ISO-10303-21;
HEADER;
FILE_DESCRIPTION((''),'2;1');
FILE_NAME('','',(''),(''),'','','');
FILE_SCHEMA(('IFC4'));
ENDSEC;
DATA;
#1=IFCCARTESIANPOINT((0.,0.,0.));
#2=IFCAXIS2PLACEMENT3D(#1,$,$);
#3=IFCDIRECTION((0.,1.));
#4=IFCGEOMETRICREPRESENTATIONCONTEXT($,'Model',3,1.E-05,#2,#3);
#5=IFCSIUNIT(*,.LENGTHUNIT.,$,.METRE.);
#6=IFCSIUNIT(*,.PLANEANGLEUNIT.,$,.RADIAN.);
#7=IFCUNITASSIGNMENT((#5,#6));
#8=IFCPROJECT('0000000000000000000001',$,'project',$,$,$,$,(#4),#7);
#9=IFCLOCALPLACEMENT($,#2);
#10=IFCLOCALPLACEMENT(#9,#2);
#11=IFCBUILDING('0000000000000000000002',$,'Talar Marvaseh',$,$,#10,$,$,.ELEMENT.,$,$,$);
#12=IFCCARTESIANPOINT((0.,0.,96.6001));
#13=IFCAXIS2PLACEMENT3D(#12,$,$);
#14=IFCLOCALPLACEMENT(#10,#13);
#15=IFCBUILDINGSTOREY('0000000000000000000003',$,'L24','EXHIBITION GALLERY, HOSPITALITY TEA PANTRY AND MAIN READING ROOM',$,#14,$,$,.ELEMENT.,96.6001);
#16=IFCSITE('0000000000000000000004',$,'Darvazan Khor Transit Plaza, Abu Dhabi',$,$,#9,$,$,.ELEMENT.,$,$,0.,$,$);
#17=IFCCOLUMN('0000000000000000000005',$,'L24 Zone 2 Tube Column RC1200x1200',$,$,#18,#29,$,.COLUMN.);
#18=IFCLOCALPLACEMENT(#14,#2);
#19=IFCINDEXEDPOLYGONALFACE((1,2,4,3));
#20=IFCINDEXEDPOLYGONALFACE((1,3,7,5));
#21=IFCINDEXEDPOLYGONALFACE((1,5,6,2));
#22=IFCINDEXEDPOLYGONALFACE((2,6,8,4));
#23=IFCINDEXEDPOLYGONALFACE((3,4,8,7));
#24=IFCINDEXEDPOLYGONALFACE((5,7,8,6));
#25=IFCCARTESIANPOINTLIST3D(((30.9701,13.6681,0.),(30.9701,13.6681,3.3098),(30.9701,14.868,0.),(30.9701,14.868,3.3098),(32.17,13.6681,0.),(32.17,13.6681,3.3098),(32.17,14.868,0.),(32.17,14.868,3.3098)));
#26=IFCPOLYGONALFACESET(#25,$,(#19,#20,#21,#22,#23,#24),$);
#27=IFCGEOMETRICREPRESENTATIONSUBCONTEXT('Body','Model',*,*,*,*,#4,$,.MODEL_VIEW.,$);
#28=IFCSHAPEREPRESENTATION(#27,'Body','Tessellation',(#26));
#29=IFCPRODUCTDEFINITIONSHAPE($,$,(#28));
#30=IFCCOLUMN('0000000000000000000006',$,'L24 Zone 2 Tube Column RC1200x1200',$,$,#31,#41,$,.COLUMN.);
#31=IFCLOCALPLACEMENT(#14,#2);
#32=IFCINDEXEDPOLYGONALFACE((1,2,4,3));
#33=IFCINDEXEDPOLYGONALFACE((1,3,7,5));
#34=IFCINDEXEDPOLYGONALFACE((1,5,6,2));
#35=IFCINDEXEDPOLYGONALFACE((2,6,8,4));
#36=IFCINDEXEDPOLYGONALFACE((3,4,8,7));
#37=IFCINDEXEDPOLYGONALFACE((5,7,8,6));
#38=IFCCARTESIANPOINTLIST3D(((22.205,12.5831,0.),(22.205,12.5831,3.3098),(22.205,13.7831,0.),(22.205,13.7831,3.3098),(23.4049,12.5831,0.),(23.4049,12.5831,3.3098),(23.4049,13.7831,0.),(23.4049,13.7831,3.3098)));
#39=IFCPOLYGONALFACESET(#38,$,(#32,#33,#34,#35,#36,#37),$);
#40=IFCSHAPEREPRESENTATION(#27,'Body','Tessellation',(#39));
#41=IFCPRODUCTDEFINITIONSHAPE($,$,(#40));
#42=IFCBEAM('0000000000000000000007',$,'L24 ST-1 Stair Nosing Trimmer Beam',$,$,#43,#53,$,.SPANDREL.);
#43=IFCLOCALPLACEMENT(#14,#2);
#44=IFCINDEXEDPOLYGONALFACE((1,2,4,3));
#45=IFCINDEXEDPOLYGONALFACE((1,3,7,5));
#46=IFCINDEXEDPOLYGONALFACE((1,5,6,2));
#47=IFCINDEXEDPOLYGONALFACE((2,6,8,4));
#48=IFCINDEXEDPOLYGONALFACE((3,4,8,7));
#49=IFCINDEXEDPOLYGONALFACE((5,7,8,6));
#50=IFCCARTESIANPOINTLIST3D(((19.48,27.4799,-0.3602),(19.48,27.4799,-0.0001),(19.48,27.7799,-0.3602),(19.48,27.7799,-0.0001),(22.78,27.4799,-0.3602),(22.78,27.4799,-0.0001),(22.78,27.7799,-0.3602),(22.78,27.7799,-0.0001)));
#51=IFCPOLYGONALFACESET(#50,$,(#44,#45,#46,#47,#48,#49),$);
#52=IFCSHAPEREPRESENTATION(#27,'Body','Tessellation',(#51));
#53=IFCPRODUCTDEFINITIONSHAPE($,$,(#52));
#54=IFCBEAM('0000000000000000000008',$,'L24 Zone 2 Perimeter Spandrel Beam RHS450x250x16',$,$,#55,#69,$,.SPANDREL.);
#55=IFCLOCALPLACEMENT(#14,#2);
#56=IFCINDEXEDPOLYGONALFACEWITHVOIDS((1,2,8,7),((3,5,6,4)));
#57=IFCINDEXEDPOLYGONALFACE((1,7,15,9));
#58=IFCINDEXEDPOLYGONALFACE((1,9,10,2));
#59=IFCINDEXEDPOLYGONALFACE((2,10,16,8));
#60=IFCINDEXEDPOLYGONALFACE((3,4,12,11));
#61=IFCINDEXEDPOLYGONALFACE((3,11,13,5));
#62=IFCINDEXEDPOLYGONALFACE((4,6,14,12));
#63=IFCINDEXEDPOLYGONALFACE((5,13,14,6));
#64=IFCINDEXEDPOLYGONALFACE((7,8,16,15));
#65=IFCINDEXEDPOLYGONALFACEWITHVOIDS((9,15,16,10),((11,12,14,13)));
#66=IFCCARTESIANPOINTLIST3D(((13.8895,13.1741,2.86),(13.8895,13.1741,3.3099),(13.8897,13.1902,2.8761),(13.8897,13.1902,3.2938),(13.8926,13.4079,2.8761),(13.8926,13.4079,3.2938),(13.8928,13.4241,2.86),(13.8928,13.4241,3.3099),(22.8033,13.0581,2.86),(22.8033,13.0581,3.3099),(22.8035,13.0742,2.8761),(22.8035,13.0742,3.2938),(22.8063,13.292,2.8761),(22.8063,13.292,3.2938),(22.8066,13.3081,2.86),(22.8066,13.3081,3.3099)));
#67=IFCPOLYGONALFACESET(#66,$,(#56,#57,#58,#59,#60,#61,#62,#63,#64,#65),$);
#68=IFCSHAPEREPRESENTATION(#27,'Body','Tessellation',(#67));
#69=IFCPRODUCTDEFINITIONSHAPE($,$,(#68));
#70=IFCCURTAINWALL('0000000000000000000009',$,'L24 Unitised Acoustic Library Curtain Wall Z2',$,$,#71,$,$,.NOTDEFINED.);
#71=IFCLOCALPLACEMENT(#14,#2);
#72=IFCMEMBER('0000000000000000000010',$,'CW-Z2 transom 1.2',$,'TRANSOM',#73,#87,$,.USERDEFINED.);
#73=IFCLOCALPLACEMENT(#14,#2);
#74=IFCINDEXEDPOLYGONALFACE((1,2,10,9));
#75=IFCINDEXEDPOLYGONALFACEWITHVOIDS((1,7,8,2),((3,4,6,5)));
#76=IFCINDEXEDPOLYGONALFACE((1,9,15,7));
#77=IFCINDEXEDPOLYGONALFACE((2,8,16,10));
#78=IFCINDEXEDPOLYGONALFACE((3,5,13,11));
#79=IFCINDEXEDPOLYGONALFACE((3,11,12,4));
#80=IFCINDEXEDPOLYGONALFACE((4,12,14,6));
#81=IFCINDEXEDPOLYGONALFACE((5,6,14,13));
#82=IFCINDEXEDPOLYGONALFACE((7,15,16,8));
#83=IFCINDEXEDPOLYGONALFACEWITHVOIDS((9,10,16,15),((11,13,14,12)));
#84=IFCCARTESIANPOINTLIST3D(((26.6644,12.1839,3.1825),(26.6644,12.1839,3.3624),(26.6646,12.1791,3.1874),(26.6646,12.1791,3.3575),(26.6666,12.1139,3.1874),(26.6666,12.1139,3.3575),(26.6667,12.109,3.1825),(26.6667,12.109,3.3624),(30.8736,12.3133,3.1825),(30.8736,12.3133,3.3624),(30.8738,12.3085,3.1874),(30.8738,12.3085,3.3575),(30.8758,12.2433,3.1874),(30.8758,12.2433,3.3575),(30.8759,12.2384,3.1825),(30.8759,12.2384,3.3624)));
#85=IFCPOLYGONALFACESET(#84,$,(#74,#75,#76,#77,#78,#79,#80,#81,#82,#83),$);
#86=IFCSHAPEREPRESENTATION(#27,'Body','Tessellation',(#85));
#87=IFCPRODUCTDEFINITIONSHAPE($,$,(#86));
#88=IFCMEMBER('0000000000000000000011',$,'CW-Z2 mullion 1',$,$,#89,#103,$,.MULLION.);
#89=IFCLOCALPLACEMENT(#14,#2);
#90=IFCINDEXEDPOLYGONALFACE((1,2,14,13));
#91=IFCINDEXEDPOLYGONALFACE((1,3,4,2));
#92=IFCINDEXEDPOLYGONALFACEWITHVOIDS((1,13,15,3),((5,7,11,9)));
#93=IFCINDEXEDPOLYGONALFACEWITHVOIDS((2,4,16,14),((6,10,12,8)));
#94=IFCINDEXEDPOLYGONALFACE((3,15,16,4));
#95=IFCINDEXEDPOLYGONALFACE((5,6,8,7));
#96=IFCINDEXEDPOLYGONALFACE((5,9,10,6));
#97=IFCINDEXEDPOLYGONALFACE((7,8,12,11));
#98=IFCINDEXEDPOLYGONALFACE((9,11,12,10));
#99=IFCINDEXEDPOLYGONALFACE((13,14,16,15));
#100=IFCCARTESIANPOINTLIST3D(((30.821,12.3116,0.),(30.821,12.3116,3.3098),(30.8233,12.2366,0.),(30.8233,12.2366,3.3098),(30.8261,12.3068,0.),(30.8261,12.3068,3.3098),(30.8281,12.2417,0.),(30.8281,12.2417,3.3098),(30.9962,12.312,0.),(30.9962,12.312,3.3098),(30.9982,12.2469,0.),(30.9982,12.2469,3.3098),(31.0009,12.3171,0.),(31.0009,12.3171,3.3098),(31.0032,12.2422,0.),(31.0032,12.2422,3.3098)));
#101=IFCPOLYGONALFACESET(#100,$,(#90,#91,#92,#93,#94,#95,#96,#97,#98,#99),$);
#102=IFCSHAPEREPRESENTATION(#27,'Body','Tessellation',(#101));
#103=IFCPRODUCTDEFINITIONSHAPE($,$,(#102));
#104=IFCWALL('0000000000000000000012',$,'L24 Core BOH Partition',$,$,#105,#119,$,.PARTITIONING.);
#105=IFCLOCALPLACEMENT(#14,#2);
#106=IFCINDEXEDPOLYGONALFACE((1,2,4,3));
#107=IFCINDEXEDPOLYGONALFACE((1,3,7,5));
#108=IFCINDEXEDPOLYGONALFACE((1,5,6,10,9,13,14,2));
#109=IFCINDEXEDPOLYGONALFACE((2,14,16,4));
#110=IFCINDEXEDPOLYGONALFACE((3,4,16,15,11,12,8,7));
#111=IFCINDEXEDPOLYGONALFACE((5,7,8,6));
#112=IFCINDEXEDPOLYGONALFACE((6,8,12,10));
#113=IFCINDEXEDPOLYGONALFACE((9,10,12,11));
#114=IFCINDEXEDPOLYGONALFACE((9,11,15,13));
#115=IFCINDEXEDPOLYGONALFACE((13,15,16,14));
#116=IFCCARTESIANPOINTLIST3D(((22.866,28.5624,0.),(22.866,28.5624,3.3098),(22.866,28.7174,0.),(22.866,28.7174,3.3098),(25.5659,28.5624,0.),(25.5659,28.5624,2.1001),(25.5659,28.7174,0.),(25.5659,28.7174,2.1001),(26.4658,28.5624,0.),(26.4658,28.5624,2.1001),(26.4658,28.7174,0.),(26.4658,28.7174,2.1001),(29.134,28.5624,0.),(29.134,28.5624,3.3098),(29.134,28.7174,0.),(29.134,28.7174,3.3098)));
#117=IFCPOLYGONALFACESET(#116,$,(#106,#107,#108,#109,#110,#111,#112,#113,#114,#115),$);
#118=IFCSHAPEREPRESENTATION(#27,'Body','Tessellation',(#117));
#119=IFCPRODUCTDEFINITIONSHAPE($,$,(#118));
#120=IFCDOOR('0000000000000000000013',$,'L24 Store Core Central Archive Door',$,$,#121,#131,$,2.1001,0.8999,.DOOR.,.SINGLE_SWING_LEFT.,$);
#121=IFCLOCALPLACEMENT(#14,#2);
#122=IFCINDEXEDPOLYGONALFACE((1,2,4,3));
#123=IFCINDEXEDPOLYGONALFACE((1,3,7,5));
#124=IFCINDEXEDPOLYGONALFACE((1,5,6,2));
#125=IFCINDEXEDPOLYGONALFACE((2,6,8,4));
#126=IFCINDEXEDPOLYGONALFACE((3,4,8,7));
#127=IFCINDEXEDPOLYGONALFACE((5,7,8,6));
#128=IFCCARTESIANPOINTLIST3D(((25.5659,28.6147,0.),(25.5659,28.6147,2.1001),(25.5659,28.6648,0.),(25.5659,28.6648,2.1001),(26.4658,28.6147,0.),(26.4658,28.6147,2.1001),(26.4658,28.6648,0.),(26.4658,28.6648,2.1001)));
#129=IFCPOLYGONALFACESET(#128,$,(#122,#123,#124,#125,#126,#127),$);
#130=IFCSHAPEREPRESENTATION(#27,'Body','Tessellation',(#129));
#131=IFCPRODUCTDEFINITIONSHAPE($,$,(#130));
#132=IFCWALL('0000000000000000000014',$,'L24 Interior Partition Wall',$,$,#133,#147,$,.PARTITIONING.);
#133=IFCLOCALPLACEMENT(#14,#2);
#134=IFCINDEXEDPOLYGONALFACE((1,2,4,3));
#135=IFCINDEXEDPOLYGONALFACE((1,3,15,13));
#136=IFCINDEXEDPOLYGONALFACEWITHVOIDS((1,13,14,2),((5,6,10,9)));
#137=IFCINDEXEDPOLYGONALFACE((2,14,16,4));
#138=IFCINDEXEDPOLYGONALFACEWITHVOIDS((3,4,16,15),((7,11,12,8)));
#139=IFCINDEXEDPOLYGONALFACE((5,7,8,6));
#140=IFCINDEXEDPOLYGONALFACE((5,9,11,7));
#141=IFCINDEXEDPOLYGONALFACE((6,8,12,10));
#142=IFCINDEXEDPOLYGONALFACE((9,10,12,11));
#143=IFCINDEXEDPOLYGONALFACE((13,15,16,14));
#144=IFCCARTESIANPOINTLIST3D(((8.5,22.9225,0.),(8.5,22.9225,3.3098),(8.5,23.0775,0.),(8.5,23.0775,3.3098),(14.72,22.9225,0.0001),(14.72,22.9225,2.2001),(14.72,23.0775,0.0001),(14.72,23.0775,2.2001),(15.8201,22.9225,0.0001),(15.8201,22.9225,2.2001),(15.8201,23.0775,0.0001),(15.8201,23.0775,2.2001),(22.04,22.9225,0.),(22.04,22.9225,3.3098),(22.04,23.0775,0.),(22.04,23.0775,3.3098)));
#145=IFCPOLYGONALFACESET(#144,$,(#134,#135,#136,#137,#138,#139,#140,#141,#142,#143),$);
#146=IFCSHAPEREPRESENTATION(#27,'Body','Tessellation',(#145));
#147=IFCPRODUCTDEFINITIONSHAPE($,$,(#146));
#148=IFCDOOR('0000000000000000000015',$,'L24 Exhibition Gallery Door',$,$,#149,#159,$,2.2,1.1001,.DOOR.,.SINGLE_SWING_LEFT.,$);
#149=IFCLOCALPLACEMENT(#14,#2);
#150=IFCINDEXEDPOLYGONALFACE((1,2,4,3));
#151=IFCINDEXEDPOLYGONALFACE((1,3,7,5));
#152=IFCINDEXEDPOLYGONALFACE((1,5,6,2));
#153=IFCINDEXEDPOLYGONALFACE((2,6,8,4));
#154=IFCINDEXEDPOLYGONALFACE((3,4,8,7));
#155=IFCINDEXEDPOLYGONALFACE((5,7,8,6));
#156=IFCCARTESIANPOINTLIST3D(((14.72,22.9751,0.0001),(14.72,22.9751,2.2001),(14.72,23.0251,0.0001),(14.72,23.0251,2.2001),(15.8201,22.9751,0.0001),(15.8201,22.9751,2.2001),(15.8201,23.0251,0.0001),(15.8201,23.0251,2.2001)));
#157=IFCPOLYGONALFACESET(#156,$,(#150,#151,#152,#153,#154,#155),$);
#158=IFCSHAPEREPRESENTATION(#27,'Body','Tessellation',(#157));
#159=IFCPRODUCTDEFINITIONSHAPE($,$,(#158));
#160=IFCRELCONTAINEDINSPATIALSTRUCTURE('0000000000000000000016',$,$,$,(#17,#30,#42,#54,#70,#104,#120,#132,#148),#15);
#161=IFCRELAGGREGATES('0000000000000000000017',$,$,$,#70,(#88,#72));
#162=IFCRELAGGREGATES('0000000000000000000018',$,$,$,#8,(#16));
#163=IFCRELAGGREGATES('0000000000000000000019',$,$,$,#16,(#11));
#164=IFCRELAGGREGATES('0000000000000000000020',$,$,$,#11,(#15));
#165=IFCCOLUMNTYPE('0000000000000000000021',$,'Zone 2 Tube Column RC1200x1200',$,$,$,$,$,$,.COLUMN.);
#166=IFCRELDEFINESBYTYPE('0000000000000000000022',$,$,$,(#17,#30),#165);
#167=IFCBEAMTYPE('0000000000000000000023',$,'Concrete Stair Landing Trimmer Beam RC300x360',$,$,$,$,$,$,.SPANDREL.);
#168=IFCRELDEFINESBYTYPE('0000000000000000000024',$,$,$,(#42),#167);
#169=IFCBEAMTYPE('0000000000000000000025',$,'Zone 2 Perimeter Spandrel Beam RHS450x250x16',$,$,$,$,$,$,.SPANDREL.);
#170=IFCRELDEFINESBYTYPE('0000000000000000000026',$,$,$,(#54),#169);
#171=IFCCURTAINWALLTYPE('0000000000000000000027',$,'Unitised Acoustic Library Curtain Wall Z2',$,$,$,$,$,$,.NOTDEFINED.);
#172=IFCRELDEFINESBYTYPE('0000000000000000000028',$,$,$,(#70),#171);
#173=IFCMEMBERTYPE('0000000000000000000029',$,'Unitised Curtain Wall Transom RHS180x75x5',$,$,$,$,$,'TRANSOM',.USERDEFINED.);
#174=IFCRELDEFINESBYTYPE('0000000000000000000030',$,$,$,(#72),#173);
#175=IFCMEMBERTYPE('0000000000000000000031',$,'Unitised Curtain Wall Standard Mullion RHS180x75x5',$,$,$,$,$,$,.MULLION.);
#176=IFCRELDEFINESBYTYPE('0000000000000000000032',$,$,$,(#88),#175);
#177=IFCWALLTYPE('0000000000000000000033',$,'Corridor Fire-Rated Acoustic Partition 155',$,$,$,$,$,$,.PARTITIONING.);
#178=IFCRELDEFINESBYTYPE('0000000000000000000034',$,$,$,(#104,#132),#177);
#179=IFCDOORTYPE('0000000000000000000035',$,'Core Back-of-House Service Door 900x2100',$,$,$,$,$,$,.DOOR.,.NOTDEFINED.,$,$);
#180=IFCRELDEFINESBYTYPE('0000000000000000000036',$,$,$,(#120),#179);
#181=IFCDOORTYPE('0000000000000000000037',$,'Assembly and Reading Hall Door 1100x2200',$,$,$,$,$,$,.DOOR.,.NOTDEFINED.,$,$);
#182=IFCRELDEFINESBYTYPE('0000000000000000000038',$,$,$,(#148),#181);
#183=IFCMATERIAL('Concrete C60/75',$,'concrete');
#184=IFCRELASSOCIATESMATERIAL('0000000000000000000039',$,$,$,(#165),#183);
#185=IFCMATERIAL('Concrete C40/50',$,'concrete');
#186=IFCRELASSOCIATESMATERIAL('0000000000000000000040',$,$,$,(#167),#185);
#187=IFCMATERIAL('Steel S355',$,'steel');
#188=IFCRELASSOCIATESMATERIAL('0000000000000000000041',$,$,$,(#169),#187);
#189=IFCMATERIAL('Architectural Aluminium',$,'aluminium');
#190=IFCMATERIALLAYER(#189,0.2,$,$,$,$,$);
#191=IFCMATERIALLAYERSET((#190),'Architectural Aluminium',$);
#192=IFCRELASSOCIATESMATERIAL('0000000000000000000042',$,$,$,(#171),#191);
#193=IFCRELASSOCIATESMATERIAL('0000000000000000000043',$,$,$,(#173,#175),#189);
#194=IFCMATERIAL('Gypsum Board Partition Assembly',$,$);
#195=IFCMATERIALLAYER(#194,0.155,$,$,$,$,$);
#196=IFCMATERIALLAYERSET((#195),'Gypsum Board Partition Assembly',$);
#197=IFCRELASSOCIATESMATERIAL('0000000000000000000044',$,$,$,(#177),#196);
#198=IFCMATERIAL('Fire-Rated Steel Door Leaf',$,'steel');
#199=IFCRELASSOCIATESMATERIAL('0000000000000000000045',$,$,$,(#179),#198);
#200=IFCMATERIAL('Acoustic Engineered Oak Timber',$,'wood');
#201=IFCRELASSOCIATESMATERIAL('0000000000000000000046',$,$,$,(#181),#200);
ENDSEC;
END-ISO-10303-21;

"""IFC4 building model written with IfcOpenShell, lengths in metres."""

from ifc_helpers import new_model, si_unit, direction, frame, frame_2d, origin, origin_2d, place, context, subcontext, project, spatial, rectangle, hollow_rectangle, extrude, source, transform, mapped, material, layer, layer_set, material_profile, profile_set, type_object, type_shapes, element, fill, aggregate, save


model = new_model("IFC4")

# Units and contexts
model_context = context("Model", 3, precision=1e-05, world=origin(), true_north=direction((0.0, 1.0)))
body_context = subcontext(model_context, "Body", "Model", "MODEL_VIEW")
ifc_project = project(units=[si_unit("LENGTHUNIT", "METRE"), si_unit("PLANEANGLEUNIT", "RADIAN")], contexts=[model_context])

# Site, building, storey
site_placement = place(None, origin())
site = spatial("IfcSite", under=ifc_project, at=site_placement, Name="Darvazan Khor Transit Plaza, Abu Dhabi", CompositionType="ELEMENT", RefElevation=0.0)
building_placement = place(site_placement, origin())
building = spatial("IfcBuilding", under=site, at=building_placement, Name="Talar Marvaseh", CompositionType="ELEMENT")
storey_placement = place(building_placement, frame((0.0, 0.0, 96.6001)))
storey = spatial("IfcBuildingStorey", under=building, at=storey_placement, Name="L24", Description="EXHIBITION GALLERY, HOSPITALITY TEA PANTRY AND MAIN READING ROOM", CompositionType="ELEMENT", Elevation=96.6001)

# Columns
ifc_material_1 = material(Name="Concrete C60/75", Category="concrete")
ifc_material_profile_1 = material_profile(ifc_material_1, rectangle(XDim=1.2, YDim=1.2, at=origin_2d()), Name="RC1200x1200")
ifc_profile_set_1 = profile_set([ifc_material_profile_1], Name="Concrete C60/75")
column_type = type_object("IfcColumnType", Name="Zone 2 Tube Column RC1200x1200", PredefinedType="COLUMN", material=ifc_profile_set_1)
for number, where, z_axis, x_axis, name in (
    (1, (31.5701, 14.2681, 0.0), (0.0, 0.0, 1.0), (1.0, 0.0, 0.0), "L24 Zone 2 Tube Column RC1200x1200"),
    (2, (22.8049, 13.1831, 0.0), (0.0, 0.0, 1.0), (1.0, 0.0, 0.0), "L24 Zone 2 Tube Column RC1200x1200"),
):
    element("IfcColumn", number, at=place(storey_placement, frame(where, z_axis=z_axis, x_axis=x_axis)), inside=storey, type_object=column_type, Name=name, PredefinedType="COLUMN", context=body_context, shape_type="SweptSolid", body=[
        extrude(rectangle(XDim=1.2, YDim=1.2, at=origin_2d()), origin(), (0.0, 0.0, 1.0), 3.3098),
    ])

# Beams
ifc_material_2 = material(Name="Concrete C40/50", Category="concrete")
ifc_material_profile_2 = material_profile(ifc_material_2, rectangle(XDim=0.3, YDim=0.3601, at=origin_2d()), Name="RC300x360")
ifc_profile_set_2 = profile_set([ifc_material_profile_2], Name="Concrete C40/50")
beam_type_1 = type_object("IfcBeamType", Name="Concrete Stair Landing Trimmer Beam RC300x360", PredefinedType="SPANDREL", material=ifc_profile_set_2)
beam_1_placement = place(storey_placement, frame((22.78, 27.6299, -0.1802), z_axis=(-1.0, 0.0, 0.0), x_axis=(0.0, -1.0, 0.0)))
element("IfcBeam", 3, at=beam_1_placement, inside=storey, type_object=beam_type_1, Name="L24 ST-1 Stair Nosing Trimmer Beam", PredefinedType="SPANDREL", context=body_context, shape_type="SweptSolid", body=[
    extrude(rectangle(XDim=0.3, YDim=0.3601, at=origin_2d()), origin(), (0.0, 0.0, 1.0), 3.3),
])
ifc_material_3 = material(Name="Steel S355", Category="steel")
ifc_material_profile_3 = material_profile(ifc_material_3, hollow_rectangle(XDim=0.25, YDim=0.45, WallThickness=0.0161, at=origin_2d()), Name="RHS450x250x16")
ifc_profile_set_3 = profile_set([ifc_material_profile_3], Name="Steel S355")
beam_type_2 = type_object("IfcBeamType", Name="Zone 2 Perimeter Spandrel Beam RHS450x250x16", PredefinedType="SPANDREL", material=ifc_profile_set_3)
beam_2_placement = place(storey_placement, frame((22.8049, 13.1831, 3.085), z_axis=(-0.999915, 0.013009, 0.0), x_axis=(-0.013009, -0.999915, 0.0)))
element("IfcBeam", 4, at=beam_2_placement, inside=storey, type_object=beam_type_2, Name="L24 Zone 2 Perimeter Spandrel Beam RHS450x250x16", PredefinedType="SPANDREL", context=body_context, shape_type="SweptSolid", body=[
    extrude(hollow_rectangle(XDim=0.25, YDim=0.45, WallThickness=0.0161, at=origin_2d()), origin(), (0.0, 0.0, 1.0), 8.9146),
])

# Curtain wall, members
ifc_material_4 = material(Name="Architectural Aluminium", Category="aluminium")
ifc_layer_1 = layer(ifc_material_4, 0.2)
ifc_layer_set_1 = layer_set([ifc_layer_1], Name="Architectural Aluminium")
curtain_wall_type = type_object("IfcCurtainWallType", Name="Unitised Acoustic Library Curtain Wall Z2", PredefinedType="NOTDEFINED", material=ifc_layer_set_1)
curtain_wall_placement = place(storey_placement, origin())
curtain_wall = element("IfcCurtainWall", 5, at=curtain_wall_placement, inside=storey, type_object=curtain_wall_type, Name="L24 Unitised Acoustic Library Curtain Wall Z2", PredefinedType="NOTDEFINED")
ifc_material_profile_4 = material_profile(ifc_material_4, hollow_rectangle(XDim=0.075, YDim=0.1799, WallThickness=0.0049, at=origin_2d()), Name="RHS180x75x5")
ifc_profile_set_4 = profile_set([ifc_material_profile_4], Name="Architectural Aluminium")
member_type_1 = type_object("IfcMemberType", Name="Unitised Curtain Wall Transom RHS180x75x5", ElementType="TRANSOM", PredefinedType="USERDEFINED", material=ifc_profile_set_4)
shared_shape_1 = source(origin(), body_context, "Body", "SweptSolid", [
    extrude(hollow_rectangle(XDim=0.075, YDim=0.1799, WallThickness=0.0049, at=origin_2d()), origin(), (0.0, 0.0, 1.0), 4.2112),
])
type_shapes(member_type_1, [shared_shape_1])
member_1_placement = place(storey_placement, frame((30.8748, 12.2759, 3.2725), z_axis=(-0.999528, -0.030726, 0.0), x_axis=(0.030726, -0.999528, 0.0)))
member_1 = element("IfcMember", 6, at=member_1_placement, type_object=member_type_1, Name="CW-Z2 transom 1.2", ObjectType="TRANSOM", PredefinedType="USERDEFINED", context=body_context, shape_type="MappedRepresentation", body=[
    mapped(shared_shape_1, transform((0.0, 0.0, 0.0), x_axis=(1.0, 0.0, 0.0), y_axis=(0.0, 1.0, 0.0), z_axis=(0.0, 0.0, 1.0), scale=1.0)),
])
ifc_material_profile_5 = material_profile(ifc_material_4, hollow_rectangle(XDim=0.075, YDim=0.1799, WallThickness=0.0049, at=origin_2d()), Name="RHS180x75x5")
ifc_profile_set_5 = profile_set([ifc_material_profile_5], Name="Architectural Aluminium")
member_type_2 = type_object("IfcMemberType", Name="Unitised Curtain Wall Standard Mullion RHS180x75x5", PredefinedType="MULLION", material=ifc_profile_set_5)
shared_shape_2 = source(origin(), body_context, "Body", "SweptSolid", [
    extrude(hollow_rectangle(XDim=0.075, YDim=0.1799, WallThickness=0.0049, at=origin_2d()), origin(), (0.0, 0.0, 1.0), 3.3098),
])
type_shapes(member_type_2, [shared_shape_2])
member_2_placement = place(storey_placement, frame((30.9121, 12.2769, 0.0), z_axis=(0.0, 0.0, 1.0), x_axis=(0.030693, -0.999529, 0.0)))
member_2 = element("IfcMember", 7, at=member_2_placement, type_object=member_type_2, Name="CW-Z2 mullion 1", PredefinedType="MULLION", context=body_context, shape_type="MappedRepresentation", body=[
    mapped(shared_shape_2, transform((0.0, 0.0, 0.0), x_axis=(1.0, 0.0, 0.0), y_axis=(0.0, 1.0, 0.0), z_axis=(0.0, 0.0, 1.0), scale=1.0)),
])
aggregate(curtain_wall, [member_2, member_1])

# Walls, openings, doors
ifc_material_5 = material(Name="Gypsum Board Partition Assembly")
ifc_layer_2 = layer(ifc_material_5, 0.155)
ifc_layer_set_2 = layer_set([ifc_layer_2], Name="Gypsum Board Partition Assembly")
wall_type_1 = type_object("IfcWallType", Name="Corridor Fire-Rated Acoustic Partition 155", PredefinedType="PARTITIONING", material=ifc_layer_set_2)
wall_1_placement = place(storey_placement, frame((22.866, 28.6399, 0.0), z_axis=(0.0, 0.0, 1.0), x_axis=(1.0, 0.0, 0.0)))
wall_1 = element("IfcWall", 8, at=wall_1_placement, inside=storey, type_object=wall_type_1, Name="L24 Core BOH Partition", PredefinedType="PARTITIONING", context=body_context, shape_type="SweptSolid", body=[
    extrude(rectangle(XDim=6.2681, YDim=0.155, at=frame_2d((3.134, 0.0))), origin(), (0.0, 0.0, 1.0), 3.3098),
])
opening_1_placement = place(wall_1_placement, frame((2.7, 0.0, 0.0)))
opening_1 = element("IfcOpeningElement", 9, at=opening_1_placement, cuts=wall_1, PredefinedType="OPENING", context=body_context, shape_type="SweptSolid", body=[
    extrude(rectangle(XDim=0.8999, YDim=2.1001, at=frame_2d((0.45, 1.05))), frame((0.0, 0.0874, 0.0), z_axis=(0.0, -1.0, 0.0), x_axis=(1.0, 0.0, 0.0)), (0.0, 0.0, 1.0), 0.175),
])
ifc_material_6 = material(Name="Fire-Rated Steel Door Leaf", Category="steel")
door_type_1 = type_object("IfcDoorType", Name="Core Back-of-House Service Door 900x2100", OperationType="NOTDEFINED", PredefinedType="DOOR", material=ifc_material_6)
shared_shape_3 = source(origin(), body_context, "Body", "SweptSolid", [
    extrude(rectangle(XDim=0.8999, YDim=2.1001, at=frame_2d((0.45, 1.05))), frame((0.0, 0.0249, 0.0), z_axis=(0.0, -1.0, 0.0), x_axis=(1.0, 0.0, 0.0)), (0.0, 0.0, 1.0), 0.05),
])
type_shapes(door_type_1, [shared_shape_3])
door_1_placement = place(opening_1_placement, origin())
door_1 = element("IfcDoor", 10, at=door_1_placement, inside=storey, type_object=door_type_1, Name="L24 Store Core Central Archive Door", OperationType="SINGLE_SWING_LEFT", OverallHeight=2.1001, OverallWidth=0.8999, PredefinedType="DOOR", context=body_context, shape_type="MappedRepresentation", body=[
    mapped(shared_shape_3, transform((0.0, 0.0, 0.0), x_axis=(1.0, 0.0, 0.0), y_axis=(0.0, 1.0, 0.0), z_axis=(0.0, 0.0, 1.0), scale=1.0)),
])
fill(opening_1, door_1)
wall_2_placement = place(storey_placement, frame((22.04, 23.0, 0.0), z_axis=(0.0, 0.0, 1.0), x_axis=(-1.0, 0.0, 0.0)))
wall_2 = element("IfcWall", 11, at=wall_2_placement, inside=storey, type_object=wall_type_1, Name="L24 Interior Partition Wall", PredefinedType="PARTITIONING", context=body_context, shape_type="SweptSolid", body=[
    extrude(rectangle(XDim=13.54, YDim=0.155, at=frame_2d((6.77, 0.0))), origin(), (0.0, 0.0, 1.0), 3.3098),
])
opening_2_placement = place(wall_2_placement, frame((6.22, 0.0, 0.0)))
opening_2 = element("IfcOpeningElement", 12, at=opening_2_placement, cuts=wall_2, PredefinedType="OPENING", context=body_context, shape_type="SweptSolid", body=[
    extrude(rectangle(XDim=1.1001, YDim=2.2, at=frame_2d((0.55, 1.1001))), frame((0.0, 0.0874, 0.0), z_axis=(0.0, -1.0, 0.0), x_axis=(1.0, 0.0, 0.0)), (0.0, 0.0, 1.0), 0.175),
])
ifc_material_7 = material(Name="Acoustic Engineered Oak Timber", Category="wood")
door_type_2 = type_object("IfcDoorType", Name="Assembly and Reading Hall Door 1100x2200", OperationType="NOTDEFINED", PredefinedType="DOOR", material=ifc_material_7)
shared_shape_4 = source(origin(), body_context, "Body", "SweptSolid", [
    extrude(rectangle(XDim=1.1001, YDim=2.2, at=frame_2d((0.55, 1.1001))), frame((0.0, 0.0249, 0.0), z_axis=(0.0, -1.0, 0.0), x_axis=(1.0, 0.0, 0.0)), (0.0, 0.0, 1.0), 0.05),
])
type_shapes(door_type_2, [shared_shape_4])
door_2_placement = place(opening_2_placement, origin())
door_2 = element("IfcDoor", 13, at=door_2_placement, inside=storey, type_object=door_type_2, Name="L24 Exhibition Gallery Door", OperationType="SINGLE_SWING_LEFT", OverallHeight=2.2, OverallWidth=1.1001, PredefinedType="DOOR", context=body_context, shape_type="MappedRepresentation", body=[
    mapped(shared_shape_4, transform((0.0, 0.0, 0.0), x_axis=(1.0, 0.0, 0.0), y_axis=(0.0, 1.0, 0.0), z_axis=(0.0, 0.0, 1.0), scale=1.0)),
])
fill(opening_2, door_2)

save(model, "model.ifc")
